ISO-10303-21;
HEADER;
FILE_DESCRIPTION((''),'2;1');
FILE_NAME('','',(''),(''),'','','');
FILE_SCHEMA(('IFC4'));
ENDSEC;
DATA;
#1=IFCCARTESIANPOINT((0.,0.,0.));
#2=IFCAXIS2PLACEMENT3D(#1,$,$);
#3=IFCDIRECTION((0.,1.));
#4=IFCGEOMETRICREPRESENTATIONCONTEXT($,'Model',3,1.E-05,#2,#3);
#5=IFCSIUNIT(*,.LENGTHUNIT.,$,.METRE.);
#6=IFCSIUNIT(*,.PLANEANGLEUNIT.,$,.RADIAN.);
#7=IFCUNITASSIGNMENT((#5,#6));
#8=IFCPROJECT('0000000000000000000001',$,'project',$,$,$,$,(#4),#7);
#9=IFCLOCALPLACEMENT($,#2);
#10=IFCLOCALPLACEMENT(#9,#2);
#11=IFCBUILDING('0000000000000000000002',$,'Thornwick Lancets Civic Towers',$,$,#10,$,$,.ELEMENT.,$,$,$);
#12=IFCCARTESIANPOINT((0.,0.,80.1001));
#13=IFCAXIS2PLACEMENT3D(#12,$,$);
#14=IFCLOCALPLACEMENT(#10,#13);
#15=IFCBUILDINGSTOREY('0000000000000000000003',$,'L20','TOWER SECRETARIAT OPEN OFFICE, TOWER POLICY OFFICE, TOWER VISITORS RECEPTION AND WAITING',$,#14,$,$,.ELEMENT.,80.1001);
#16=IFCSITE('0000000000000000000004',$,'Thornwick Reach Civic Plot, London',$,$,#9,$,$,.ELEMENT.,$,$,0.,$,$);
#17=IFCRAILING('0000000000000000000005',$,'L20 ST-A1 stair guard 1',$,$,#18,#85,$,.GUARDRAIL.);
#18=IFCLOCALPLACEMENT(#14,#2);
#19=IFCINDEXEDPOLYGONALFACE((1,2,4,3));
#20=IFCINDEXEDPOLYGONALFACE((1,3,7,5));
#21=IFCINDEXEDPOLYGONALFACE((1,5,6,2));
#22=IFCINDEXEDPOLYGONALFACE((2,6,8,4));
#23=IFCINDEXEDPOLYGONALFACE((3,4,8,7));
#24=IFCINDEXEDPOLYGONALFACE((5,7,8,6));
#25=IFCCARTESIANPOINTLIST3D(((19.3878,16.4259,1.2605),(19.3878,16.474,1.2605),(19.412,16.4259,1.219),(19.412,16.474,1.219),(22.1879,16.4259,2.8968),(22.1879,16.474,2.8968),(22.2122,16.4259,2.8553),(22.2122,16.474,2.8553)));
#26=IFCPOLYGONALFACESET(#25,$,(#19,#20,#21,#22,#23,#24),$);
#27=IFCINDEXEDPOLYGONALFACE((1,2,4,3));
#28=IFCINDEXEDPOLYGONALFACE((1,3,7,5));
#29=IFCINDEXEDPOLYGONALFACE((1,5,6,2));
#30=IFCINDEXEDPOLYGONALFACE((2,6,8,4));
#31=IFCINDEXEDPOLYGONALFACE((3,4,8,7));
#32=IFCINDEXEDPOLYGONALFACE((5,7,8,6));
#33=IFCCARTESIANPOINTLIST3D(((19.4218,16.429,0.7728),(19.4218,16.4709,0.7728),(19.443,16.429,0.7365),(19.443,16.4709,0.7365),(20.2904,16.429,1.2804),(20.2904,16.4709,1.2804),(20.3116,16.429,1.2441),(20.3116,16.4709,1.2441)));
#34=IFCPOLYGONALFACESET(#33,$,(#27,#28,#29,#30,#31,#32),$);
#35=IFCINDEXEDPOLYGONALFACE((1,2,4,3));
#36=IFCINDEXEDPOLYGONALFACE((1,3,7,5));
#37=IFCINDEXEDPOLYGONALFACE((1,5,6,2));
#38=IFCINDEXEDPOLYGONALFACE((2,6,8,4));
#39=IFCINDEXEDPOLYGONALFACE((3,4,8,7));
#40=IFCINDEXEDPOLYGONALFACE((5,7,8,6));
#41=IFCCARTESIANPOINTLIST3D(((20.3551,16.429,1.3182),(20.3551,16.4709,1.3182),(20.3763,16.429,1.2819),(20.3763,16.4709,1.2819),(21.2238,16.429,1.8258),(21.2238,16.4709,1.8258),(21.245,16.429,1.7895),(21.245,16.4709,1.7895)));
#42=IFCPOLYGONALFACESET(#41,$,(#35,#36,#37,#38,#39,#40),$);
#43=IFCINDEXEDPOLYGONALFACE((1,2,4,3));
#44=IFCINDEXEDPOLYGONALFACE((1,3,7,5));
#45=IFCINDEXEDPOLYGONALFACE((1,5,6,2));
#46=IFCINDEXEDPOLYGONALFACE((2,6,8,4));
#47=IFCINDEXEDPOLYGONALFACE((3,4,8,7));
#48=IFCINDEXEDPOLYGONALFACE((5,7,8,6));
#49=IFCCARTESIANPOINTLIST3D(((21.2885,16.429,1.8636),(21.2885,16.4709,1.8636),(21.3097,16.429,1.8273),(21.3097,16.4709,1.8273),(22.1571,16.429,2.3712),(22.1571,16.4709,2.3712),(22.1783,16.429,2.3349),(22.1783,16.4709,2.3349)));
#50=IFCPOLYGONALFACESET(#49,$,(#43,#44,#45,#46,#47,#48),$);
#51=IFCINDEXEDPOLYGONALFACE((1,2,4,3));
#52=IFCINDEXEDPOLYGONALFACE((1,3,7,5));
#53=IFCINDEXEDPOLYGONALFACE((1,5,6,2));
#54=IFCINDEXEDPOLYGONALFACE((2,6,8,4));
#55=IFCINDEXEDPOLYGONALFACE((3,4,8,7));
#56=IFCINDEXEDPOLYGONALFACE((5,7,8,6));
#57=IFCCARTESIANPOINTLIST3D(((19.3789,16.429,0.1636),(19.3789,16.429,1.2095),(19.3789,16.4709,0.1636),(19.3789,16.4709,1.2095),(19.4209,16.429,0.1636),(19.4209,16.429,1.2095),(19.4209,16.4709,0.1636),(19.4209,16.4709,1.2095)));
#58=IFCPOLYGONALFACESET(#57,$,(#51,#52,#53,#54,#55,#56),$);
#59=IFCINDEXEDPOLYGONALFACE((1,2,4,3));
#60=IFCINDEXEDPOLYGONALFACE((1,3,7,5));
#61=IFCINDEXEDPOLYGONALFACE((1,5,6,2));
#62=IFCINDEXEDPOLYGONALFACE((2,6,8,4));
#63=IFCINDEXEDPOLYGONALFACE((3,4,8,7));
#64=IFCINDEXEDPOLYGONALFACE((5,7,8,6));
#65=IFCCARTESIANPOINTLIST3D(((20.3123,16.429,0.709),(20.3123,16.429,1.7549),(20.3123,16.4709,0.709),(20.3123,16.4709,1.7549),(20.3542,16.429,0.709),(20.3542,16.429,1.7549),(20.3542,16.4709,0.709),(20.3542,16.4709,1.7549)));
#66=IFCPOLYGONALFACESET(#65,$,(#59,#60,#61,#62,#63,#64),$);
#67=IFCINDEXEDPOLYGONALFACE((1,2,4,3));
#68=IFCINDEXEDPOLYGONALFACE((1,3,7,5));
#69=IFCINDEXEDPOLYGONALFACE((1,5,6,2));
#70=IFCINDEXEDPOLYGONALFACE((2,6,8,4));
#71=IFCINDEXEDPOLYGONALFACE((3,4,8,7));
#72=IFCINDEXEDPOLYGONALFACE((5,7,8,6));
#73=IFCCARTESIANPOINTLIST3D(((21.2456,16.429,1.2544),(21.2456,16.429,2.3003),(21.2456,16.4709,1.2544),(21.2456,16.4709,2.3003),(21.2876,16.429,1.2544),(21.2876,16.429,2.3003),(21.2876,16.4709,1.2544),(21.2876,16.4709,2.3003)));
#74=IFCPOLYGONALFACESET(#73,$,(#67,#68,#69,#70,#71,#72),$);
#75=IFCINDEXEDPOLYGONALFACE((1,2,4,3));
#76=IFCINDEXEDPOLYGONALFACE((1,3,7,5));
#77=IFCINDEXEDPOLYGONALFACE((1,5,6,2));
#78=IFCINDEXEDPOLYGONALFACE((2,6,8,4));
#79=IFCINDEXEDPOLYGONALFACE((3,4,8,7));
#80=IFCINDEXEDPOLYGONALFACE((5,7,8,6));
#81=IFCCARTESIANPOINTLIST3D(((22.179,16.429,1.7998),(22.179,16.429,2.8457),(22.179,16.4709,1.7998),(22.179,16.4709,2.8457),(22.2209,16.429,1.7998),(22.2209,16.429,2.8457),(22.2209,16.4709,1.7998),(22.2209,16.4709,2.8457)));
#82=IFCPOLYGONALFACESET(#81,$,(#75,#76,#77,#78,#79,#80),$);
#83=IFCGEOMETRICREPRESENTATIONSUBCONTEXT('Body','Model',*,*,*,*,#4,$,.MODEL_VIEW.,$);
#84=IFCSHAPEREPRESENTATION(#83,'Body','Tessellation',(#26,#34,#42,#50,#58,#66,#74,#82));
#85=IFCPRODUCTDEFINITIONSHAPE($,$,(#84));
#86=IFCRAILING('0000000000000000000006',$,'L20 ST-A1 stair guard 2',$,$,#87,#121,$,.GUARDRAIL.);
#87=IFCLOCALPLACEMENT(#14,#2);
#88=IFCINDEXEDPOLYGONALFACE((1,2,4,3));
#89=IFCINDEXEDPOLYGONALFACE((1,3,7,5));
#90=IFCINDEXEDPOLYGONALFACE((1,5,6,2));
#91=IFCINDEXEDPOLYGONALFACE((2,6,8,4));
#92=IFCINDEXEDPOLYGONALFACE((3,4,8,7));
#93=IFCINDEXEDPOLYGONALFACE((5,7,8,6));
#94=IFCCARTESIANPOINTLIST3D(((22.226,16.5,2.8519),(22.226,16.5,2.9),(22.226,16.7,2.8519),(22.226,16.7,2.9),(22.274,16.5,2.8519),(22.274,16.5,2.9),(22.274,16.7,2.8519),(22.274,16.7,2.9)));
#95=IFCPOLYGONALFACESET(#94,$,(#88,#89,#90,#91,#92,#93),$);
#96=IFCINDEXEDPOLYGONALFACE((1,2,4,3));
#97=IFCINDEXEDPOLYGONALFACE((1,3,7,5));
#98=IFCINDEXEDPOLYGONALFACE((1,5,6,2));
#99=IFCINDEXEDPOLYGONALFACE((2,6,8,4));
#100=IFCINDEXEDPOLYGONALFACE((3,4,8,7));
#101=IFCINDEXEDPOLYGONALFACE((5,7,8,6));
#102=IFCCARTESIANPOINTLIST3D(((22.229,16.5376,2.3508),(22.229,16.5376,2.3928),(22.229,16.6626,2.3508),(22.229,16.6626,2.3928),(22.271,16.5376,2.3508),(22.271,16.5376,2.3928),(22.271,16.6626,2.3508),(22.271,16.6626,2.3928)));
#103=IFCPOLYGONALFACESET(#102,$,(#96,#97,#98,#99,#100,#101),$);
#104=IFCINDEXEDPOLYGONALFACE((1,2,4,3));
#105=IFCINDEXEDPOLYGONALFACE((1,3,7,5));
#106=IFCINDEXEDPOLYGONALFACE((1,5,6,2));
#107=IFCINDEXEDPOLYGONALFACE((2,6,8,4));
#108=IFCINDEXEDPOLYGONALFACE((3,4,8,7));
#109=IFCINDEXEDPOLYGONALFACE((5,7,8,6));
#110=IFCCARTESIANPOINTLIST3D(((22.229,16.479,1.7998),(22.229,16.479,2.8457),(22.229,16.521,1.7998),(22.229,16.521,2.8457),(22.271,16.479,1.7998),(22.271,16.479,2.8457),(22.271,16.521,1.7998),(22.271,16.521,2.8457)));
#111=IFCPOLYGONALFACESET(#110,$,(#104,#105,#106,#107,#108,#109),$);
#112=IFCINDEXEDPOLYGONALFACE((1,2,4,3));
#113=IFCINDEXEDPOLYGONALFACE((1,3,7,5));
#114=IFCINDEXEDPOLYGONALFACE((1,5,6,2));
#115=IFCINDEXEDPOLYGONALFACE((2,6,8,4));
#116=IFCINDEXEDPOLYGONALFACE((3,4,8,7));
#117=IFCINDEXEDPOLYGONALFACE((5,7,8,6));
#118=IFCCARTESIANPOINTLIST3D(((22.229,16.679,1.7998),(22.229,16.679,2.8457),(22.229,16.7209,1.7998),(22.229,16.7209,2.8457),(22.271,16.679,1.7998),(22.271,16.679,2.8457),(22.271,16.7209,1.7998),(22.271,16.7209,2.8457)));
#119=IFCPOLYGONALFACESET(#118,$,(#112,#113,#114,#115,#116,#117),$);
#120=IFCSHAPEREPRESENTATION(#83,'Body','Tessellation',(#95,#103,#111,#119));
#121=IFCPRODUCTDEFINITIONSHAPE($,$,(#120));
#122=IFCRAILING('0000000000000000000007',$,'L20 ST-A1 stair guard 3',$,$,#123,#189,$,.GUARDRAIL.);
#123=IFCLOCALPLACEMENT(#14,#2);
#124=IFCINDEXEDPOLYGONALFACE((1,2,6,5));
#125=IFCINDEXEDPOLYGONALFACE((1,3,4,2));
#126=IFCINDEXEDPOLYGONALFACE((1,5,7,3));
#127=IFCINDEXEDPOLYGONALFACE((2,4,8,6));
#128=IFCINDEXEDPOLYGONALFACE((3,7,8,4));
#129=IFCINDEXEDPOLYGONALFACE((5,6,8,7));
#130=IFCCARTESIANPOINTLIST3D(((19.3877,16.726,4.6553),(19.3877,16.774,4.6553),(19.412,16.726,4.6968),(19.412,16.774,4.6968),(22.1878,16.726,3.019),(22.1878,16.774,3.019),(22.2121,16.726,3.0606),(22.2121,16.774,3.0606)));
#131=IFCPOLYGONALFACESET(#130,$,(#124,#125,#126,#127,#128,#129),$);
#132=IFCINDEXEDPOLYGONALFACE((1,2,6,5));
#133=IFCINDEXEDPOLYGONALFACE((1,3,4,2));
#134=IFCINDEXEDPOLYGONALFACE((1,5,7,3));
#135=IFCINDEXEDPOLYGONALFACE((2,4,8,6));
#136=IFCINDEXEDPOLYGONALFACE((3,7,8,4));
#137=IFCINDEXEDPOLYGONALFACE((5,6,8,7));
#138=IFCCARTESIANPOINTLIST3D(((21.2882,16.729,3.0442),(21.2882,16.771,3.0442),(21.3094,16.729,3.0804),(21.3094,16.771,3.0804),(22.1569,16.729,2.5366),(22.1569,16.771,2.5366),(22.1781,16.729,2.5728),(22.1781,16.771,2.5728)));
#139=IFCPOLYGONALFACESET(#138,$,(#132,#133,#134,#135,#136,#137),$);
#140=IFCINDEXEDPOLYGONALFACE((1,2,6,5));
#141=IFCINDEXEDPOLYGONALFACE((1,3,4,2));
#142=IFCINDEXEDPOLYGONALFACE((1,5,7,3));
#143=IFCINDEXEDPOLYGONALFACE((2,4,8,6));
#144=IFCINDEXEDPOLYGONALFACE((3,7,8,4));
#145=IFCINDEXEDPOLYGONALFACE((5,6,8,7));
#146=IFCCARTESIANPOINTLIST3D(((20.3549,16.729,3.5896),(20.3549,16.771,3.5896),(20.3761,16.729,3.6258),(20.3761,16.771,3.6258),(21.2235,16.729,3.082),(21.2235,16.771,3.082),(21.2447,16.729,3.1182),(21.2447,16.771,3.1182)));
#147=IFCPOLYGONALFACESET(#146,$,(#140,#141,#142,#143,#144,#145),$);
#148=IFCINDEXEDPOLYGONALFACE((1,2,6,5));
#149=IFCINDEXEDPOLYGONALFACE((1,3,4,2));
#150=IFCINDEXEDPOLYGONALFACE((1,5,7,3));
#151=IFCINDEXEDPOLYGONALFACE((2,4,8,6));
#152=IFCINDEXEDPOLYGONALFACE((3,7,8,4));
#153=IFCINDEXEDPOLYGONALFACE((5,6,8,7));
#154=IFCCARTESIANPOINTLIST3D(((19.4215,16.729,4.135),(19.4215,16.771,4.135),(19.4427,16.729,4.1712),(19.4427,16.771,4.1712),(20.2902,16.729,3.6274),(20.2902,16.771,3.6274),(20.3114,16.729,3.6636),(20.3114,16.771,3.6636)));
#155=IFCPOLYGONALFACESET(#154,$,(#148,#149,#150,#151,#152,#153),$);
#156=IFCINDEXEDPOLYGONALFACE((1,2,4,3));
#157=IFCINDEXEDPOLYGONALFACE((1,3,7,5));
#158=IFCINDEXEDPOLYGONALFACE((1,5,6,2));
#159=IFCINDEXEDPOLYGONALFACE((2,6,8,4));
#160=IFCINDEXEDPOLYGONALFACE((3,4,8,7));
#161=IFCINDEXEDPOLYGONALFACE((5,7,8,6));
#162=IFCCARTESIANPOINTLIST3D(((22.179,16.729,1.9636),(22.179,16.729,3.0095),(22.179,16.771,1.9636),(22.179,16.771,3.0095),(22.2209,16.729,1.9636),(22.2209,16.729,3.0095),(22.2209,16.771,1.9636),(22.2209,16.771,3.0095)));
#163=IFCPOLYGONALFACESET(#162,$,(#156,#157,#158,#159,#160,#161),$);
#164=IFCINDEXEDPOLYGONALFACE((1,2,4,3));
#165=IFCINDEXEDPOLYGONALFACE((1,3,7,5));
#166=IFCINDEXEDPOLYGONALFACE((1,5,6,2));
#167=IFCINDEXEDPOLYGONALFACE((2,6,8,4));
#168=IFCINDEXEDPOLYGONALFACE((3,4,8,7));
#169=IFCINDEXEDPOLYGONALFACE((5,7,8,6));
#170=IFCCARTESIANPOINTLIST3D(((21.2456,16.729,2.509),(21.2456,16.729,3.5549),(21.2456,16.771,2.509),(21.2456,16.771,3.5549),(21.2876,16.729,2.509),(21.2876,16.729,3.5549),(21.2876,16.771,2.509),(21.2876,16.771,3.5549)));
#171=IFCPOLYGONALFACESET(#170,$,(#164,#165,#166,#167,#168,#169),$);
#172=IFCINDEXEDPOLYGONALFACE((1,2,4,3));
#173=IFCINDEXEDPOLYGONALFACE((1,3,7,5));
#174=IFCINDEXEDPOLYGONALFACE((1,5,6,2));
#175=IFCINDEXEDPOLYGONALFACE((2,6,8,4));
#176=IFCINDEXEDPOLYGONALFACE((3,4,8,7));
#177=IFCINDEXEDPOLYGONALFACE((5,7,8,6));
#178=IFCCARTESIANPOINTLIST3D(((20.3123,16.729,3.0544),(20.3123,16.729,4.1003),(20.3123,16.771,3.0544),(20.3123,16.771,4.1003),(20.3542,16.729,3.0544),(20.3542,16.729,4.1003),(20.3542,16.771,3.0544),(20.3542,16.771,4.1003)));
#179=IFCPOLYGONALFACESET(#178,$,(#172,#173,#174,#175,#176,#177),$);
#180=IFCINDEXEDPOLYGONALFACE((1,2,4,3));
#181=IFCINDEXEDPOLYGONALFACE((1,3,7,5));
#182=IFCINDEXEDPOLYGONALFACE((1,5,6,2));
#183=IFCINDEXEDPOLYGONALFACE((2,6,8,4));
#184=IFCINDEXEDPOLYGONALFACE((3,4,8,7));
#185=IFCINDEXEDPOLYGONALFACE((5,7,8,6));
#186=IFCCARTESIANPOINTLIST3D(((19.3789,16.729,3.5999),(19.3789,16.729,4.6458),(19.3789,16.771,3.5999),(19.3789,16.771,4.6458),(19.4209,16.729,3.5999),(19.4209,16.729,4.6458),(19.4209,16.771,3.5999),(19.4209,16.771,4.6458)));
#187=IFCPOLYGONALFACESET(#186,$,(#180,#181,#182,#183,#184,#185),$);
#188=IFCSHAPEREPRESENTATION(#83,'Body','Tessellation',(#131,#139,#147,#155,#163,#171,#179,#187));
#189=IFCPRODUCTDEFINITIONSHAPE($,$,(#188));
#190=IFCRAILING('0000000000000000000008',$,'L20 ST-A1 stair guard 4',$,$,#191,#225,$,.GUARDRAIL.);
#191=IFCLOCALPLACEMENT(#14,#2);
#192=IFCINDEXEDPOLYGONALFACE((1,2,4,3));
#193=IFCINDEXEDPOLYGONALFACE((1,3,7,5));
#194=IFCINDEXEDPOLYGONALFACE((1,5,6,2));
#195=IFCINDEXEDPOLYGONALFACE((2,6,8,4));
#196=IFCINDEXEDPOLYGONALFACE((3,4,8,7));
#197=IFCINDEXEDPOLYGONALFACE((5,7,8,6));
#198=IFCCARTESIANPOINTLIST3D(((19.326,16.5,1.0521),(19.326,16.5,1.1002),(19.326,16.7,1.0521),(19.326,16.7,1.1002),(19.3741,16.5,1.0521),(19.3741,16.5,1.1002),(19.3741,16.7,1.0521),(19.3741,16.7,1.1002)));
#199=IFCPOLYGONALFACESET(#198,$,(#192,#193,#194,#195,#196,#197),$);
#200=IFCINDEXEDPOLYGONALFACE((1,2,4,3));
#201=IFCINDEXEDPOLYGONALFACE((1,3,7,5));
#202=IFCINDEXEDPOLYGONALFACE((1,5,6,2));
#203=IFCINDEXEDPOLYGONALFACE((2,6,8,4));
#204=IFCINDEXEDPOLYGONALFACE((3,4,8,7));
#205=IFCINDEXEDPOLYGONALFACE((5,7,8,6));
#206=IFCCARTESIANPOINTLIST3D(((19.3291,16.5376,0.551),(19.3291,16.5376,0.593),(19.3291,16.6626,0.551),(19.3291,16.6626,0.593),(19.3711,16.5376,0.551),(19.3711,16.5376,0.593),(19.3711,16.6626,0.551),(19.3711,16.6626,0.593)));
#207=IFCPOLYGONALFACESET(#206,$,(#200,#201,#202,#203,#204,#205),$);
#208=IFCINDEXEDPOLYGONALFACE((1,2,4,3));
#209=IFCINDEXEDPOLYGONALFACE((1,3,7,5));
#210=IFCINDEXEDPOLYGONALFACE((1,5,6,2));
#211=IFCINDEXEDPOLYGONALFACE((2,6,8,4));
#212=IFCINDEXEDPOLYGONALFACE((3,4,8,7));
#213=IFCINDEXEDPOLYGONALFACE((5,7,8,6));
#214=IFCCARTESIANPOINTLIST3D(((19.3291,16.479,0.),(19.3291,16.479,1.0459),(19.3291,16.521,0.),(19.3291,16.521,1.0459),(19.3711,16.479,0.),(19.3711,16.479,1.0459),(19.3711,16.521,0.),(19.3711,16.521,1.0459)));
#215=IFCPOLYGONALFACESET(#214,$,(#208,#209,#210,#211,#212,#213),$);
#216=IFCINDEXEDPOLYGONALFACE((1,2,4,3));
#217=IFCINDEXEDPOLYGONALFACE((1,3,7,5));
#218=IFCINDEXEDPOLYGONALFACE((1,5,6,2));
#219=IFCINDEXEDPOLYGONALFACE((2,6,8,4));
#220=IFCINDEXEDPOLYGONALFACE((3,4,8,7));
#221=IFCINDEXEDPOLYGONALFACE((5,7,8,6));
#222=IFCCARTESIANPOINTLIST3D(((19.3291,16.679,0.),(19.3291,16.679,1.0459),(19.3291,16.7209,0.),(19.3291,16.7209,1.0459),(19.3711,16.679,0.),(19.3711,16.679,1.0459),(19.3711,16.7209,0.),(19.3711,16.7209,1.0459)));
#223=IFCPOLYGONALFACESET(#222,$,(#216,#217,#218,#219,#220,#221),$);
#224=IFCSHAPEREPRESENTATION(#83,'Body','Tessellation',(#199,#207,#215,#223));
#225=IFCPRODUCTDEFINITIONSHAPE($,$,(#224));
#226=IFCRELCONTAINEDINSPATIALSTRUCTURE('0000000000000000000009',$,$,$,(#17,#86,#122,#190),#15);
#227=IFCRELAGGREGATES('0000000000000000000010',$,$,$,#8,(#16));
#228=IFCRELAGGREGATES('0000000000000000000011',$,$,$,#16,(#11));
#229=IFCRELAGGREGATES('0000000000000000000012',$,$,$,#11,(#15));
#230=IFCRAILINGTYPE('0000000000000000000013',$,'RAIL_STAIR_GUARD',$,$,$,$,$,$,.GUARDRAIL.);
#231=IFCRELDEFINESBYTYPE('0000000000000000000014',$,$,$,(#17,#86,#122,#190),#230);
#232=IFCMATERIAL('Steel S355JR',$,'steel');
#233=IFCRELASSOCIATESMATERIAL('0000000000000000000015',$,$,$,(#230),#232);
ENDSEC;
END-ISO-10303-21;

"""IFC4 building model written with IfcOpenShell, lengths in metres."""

from ifc_helpers import new_model, si_unit, direction, frame, origin, origin_2d, place, context, subcontext, project, spatial, rectangle, extrude, material, type_object, element, save


model = new_model("IFC4")

# Units and contexts
model_context = context("Model", 3, precision=1e-05, world=origin(), true_north=direction((0.0, 1.0)))
body_context = subcontext(model_context, "Body", "Model", "MODEL_VIEW")
ifc_project = project(units=[si_unit("LENGTHUNIT", "METRE"), si_unit("PLANEANGLEUNIT", "RADIAN")], contexts=[model_context])

# Site, building, storey
site_placement = place(None, origin())
site = spatial("IfcSite", under=ifc_project, at=site_placement, Name="Thornwick Reach Civic Plot, London", CompositionType="ELEMENT", RefElevation=0.0)
building_placement = place(site_placement, origin())
building = spatial("IfcBuilding", under=site, at=building_placement, Name="Thornwick Lancets Civic Towers", CompositionType="ELEMENT")
storey_placement = place(building_placement, frame((0.0, 0.0, 80.1001)))
storey = spatial("IfcBuildingStorey", under=building, at=storey_placement, Name="L20", Description="TOWER SECRETARIAT OPEN OFFICE, TOWER POLICY OFFICE, TOWER VISITORS RECEPTION AND WAITING", CompositionType="ELEMENT", Elevation=80.1001)

# Shared definitions
ifc_material_1 = material(Name="Steel S355JR", Category="steel")

# Railings
railing_type_1 = type_object("IfcRailingType", Name="RAIL_STAIR_GUARD", PredefinedType="GUARDRAIL", material=ifc_material_1)
railing_1_placement = place(storey_placement, frame((19.3999, 16.45, 0.1636)))
element("IfcRailing", 1, at=railing_1_placement, inside=storey, type_object=railing_type_1, Name="L20 ST-A1 stair guard 1", PredefinedType="GUARDRAIL", context=body_context, shape_type="SweptSolid", body=[
    extrude(rectangle(XDim=0.0481, YDim=0.0481, at=origin_2d()), frame((0.0, 0.0, 1.0762), z_axis=(0.863394, 0.0, 0.504531), x_axis=(0.0, 1.0, 0.0)), (0.0, 0.0, 1.0), 3.2432),
    extrude(rectangle(XDim=0.042, YDim=0.042, at=origin_2d()), frame((0.0325, 0.0, 0.5911), z_axis=(0.863394, 0.0, 0.504531), x_axis=(0.0, 1.0, 0.0)), (0.0, 0.0, 1.0), 1.0061),
    extrude(rectangle(XDim=0.042, YDim=0.042, at=origin_2d()), frame((0.9658, 0.0, 1.1365), z_axis=(0.863394, 0.0, 0.504531), x_axis=(0.0, 1.0, 0.0)), (0.0, 0.0, 1.0), 1.0061),
    extrude(rectangle(XDim=0.042, YDim=0.042, at=origin_2d()), frame((1.8992, 0.0, 1.6819), z_axis=(0.863394, 0.0, 0.504531), x_axis=(0.0, 1.0, 0.0)), (0.0, 0.0, 1.0), 1.0061),
    extrude(rectangle(XDim=0.042, YDim=0.042, at=origin_2d()), origin(), (0.0, 0.0, 1.0), 1.0459),
    extrude(rectangle(XDim=0.042, YDim=0.042, at=origin_2d()), frame((0.9333, 0.0, 0.5454)), (0.0, 0.0, 1.0), 1.0459),
    extrude(rectangle(XDim=0.042, YDim=0.042, at=origin_2d()), frame((1.8667, 0.0, 1.0908)), (0.0, 0.0, 1.0), 1.0459),
    extrude(rectangle(XDim=0.042, YDim=0.042, at=origin_2d()), frame((2.8, 0.0, 1.6362)), (0.0, 0.0, 1.0), 1.0459),
])
railing_2_placement = place(storey_placement, frame((22.25, 16.5, 1.7998)))
element("IfcRailing", 2, at=railing_2_placement, inside=storey, type_object=railing_type_1, Name="L20 ST-A1 stair guard 2", PredefinedType="GUARDRAIL", context=body_context, shape_type="SweptSolid", body=[
    extrude(rectangle(XDim=0.0481, YDim=0.0481, at=origin_2d()), frame((0.0, 0.0, 1.0762), z_axis=(0.0, 1.0, 0.0), x_axis=(-1.0, 0.0, 0.0)), (0.0, 0.0, 1.0), 0.2),
    extrude(rectangle(XDim=0.042, YDim=0.042, at=origin_2d()), frame((0.0, 0.0376, 0.572), z_axis=(0.0, 1.0, 0.0), x_axis=(-1.0, 0.0, 0.0)), (0.0, 0.0, 1.0), 0.125),
    extrude(rectangle(XDim=0.042, YDim=0.042, at=origin_2d()), origin(), (0.0, 0.0, 1.0), 1.0459),
    extrude(rectangle(XDim=0.042, YDim=0.042, at=origin_2d()), frame((0.0, 0.2, 0.0)), (0.0, 0.0, 1.0), 1.0459),
])
railing_3_placement = place(storey_placement, frame((22.2, 16.75, 1.9636)))
element("IfcRailing", 3, at=railing_3_placement, inside=storey, type_object=railing_type_1, Name="L20 ST-A1 stair guard 3", PredefinedType="GUARDRAIL", context=body_context, shape_type="SweptSolid", body=[
    extrude(rectangle(XDim=0.0481, YDim=0.0481, at=origin_2d()), frame((0.0, 0.0, 1.0762), z_axis=(-0.863394, 0.0, 0.504531), x_axis=(0.0, -1.0, 0.0)), (0.0, 0.0, 1.0), 3.2432),
    extrude(rectangle(XDim=0.042, YDim=0.042, at=origin_2d()), frame((-0.0325, 0.0, 0.5911), z_axis=(-0.863394, 0.0, 0.504531), x_axis=(0.0, -1.0, 0.0)), (0.0, 0.0, 1.0), 1.0061),
    extrude(rectangle(XDim=0.042, YDim=0.042, at=origin_2d()), frame((-0.9658, 0.0, 1.1365), z_axis=(-0.863394, 0.0, 0.504531), x_axis=(0.0, -1.0, 0.0)), (0.0, 0.0, 1.0), 1.0061),
    extrude(rectangle(XDim=0.042, YDim=0.042, at=origin_2d()), frame((-1.8992, 0.0, 1.6819), z_axis=(-0.863394, 0.0, 0.504531), x_axis=(0.0, -1.0, 0.0)), (0.0, 0.0, 1.0), 1.0061),
    extrude(rectangle(XDim=0.042, YDim=0.042, at=origin_2d()), origin(), (0.0, 0.0, 1.0), 1.0459),
    extrude(rectangle(XDim=0.042, YDim=0.042, at=origin_2d()), frame((-0.9333, 0.0, 0.5454)), (0.0, 0.0, 1.0), 1.0459),
    extrude(rectangle(XDim=0.042, YDim=0.042, at=origin_2d()), frame((-1.8667, 0.0, 1.0908)), (0.0, 0.0, 1.0), 1.0459),
    extrude(rectangle(XDim=0.042, YDim=0.042, at=origin_2d()), frame((-2.8, 0.0, 1.6362)), (0.0, 0.0, 1.0), 1.0459),
])
railing_4_placement = place(storey_placement, frame((19.3501, 16.5, 0.0)))
element("IfcRailing", 4, at=railing_4_placement, inside=storey, type_object=railing_type_1, Name="L20 ST-A1 stair guard 4", PredefinedType="GUARDRAIL", context=body_context, shape_type="SweptSolid", body=[
    extrude(rectangle(XDim=0.0481, YDim=0.0481, at=origin_2d()), frame((0.0, 0.0, 1.0762), z_axis=(0.0, 1.0, 0.0), x_axis=(-1.0, 0.0, 0.0)), (0.0, 0.0, 1.0), 0.2),
    extrude(rectangle(XDim=0.042, YDim=0.042, at=origin_2d()), frame((0.0, 0.0376, 0.572), z_axis=(0.0, 1.0, 0.0), x_axis=(-1.0, 0.0, 0.0)), (0.0, 0.0, 1.0), 0.125),
    extrude(rectangle(XDim=0.042, YDim=0.042, at=origin_2d()), origin(), (0.0, 0.0, 1.0), 1.0459),
    extrude(rectangle(XDim=0.042, YDim=0.042, at=origin_2d()), frame((0.0, 0.2, 0.0)), (0.0, 0.0, 1.0), 1.0459),
])

save(model, "model.ifc")
